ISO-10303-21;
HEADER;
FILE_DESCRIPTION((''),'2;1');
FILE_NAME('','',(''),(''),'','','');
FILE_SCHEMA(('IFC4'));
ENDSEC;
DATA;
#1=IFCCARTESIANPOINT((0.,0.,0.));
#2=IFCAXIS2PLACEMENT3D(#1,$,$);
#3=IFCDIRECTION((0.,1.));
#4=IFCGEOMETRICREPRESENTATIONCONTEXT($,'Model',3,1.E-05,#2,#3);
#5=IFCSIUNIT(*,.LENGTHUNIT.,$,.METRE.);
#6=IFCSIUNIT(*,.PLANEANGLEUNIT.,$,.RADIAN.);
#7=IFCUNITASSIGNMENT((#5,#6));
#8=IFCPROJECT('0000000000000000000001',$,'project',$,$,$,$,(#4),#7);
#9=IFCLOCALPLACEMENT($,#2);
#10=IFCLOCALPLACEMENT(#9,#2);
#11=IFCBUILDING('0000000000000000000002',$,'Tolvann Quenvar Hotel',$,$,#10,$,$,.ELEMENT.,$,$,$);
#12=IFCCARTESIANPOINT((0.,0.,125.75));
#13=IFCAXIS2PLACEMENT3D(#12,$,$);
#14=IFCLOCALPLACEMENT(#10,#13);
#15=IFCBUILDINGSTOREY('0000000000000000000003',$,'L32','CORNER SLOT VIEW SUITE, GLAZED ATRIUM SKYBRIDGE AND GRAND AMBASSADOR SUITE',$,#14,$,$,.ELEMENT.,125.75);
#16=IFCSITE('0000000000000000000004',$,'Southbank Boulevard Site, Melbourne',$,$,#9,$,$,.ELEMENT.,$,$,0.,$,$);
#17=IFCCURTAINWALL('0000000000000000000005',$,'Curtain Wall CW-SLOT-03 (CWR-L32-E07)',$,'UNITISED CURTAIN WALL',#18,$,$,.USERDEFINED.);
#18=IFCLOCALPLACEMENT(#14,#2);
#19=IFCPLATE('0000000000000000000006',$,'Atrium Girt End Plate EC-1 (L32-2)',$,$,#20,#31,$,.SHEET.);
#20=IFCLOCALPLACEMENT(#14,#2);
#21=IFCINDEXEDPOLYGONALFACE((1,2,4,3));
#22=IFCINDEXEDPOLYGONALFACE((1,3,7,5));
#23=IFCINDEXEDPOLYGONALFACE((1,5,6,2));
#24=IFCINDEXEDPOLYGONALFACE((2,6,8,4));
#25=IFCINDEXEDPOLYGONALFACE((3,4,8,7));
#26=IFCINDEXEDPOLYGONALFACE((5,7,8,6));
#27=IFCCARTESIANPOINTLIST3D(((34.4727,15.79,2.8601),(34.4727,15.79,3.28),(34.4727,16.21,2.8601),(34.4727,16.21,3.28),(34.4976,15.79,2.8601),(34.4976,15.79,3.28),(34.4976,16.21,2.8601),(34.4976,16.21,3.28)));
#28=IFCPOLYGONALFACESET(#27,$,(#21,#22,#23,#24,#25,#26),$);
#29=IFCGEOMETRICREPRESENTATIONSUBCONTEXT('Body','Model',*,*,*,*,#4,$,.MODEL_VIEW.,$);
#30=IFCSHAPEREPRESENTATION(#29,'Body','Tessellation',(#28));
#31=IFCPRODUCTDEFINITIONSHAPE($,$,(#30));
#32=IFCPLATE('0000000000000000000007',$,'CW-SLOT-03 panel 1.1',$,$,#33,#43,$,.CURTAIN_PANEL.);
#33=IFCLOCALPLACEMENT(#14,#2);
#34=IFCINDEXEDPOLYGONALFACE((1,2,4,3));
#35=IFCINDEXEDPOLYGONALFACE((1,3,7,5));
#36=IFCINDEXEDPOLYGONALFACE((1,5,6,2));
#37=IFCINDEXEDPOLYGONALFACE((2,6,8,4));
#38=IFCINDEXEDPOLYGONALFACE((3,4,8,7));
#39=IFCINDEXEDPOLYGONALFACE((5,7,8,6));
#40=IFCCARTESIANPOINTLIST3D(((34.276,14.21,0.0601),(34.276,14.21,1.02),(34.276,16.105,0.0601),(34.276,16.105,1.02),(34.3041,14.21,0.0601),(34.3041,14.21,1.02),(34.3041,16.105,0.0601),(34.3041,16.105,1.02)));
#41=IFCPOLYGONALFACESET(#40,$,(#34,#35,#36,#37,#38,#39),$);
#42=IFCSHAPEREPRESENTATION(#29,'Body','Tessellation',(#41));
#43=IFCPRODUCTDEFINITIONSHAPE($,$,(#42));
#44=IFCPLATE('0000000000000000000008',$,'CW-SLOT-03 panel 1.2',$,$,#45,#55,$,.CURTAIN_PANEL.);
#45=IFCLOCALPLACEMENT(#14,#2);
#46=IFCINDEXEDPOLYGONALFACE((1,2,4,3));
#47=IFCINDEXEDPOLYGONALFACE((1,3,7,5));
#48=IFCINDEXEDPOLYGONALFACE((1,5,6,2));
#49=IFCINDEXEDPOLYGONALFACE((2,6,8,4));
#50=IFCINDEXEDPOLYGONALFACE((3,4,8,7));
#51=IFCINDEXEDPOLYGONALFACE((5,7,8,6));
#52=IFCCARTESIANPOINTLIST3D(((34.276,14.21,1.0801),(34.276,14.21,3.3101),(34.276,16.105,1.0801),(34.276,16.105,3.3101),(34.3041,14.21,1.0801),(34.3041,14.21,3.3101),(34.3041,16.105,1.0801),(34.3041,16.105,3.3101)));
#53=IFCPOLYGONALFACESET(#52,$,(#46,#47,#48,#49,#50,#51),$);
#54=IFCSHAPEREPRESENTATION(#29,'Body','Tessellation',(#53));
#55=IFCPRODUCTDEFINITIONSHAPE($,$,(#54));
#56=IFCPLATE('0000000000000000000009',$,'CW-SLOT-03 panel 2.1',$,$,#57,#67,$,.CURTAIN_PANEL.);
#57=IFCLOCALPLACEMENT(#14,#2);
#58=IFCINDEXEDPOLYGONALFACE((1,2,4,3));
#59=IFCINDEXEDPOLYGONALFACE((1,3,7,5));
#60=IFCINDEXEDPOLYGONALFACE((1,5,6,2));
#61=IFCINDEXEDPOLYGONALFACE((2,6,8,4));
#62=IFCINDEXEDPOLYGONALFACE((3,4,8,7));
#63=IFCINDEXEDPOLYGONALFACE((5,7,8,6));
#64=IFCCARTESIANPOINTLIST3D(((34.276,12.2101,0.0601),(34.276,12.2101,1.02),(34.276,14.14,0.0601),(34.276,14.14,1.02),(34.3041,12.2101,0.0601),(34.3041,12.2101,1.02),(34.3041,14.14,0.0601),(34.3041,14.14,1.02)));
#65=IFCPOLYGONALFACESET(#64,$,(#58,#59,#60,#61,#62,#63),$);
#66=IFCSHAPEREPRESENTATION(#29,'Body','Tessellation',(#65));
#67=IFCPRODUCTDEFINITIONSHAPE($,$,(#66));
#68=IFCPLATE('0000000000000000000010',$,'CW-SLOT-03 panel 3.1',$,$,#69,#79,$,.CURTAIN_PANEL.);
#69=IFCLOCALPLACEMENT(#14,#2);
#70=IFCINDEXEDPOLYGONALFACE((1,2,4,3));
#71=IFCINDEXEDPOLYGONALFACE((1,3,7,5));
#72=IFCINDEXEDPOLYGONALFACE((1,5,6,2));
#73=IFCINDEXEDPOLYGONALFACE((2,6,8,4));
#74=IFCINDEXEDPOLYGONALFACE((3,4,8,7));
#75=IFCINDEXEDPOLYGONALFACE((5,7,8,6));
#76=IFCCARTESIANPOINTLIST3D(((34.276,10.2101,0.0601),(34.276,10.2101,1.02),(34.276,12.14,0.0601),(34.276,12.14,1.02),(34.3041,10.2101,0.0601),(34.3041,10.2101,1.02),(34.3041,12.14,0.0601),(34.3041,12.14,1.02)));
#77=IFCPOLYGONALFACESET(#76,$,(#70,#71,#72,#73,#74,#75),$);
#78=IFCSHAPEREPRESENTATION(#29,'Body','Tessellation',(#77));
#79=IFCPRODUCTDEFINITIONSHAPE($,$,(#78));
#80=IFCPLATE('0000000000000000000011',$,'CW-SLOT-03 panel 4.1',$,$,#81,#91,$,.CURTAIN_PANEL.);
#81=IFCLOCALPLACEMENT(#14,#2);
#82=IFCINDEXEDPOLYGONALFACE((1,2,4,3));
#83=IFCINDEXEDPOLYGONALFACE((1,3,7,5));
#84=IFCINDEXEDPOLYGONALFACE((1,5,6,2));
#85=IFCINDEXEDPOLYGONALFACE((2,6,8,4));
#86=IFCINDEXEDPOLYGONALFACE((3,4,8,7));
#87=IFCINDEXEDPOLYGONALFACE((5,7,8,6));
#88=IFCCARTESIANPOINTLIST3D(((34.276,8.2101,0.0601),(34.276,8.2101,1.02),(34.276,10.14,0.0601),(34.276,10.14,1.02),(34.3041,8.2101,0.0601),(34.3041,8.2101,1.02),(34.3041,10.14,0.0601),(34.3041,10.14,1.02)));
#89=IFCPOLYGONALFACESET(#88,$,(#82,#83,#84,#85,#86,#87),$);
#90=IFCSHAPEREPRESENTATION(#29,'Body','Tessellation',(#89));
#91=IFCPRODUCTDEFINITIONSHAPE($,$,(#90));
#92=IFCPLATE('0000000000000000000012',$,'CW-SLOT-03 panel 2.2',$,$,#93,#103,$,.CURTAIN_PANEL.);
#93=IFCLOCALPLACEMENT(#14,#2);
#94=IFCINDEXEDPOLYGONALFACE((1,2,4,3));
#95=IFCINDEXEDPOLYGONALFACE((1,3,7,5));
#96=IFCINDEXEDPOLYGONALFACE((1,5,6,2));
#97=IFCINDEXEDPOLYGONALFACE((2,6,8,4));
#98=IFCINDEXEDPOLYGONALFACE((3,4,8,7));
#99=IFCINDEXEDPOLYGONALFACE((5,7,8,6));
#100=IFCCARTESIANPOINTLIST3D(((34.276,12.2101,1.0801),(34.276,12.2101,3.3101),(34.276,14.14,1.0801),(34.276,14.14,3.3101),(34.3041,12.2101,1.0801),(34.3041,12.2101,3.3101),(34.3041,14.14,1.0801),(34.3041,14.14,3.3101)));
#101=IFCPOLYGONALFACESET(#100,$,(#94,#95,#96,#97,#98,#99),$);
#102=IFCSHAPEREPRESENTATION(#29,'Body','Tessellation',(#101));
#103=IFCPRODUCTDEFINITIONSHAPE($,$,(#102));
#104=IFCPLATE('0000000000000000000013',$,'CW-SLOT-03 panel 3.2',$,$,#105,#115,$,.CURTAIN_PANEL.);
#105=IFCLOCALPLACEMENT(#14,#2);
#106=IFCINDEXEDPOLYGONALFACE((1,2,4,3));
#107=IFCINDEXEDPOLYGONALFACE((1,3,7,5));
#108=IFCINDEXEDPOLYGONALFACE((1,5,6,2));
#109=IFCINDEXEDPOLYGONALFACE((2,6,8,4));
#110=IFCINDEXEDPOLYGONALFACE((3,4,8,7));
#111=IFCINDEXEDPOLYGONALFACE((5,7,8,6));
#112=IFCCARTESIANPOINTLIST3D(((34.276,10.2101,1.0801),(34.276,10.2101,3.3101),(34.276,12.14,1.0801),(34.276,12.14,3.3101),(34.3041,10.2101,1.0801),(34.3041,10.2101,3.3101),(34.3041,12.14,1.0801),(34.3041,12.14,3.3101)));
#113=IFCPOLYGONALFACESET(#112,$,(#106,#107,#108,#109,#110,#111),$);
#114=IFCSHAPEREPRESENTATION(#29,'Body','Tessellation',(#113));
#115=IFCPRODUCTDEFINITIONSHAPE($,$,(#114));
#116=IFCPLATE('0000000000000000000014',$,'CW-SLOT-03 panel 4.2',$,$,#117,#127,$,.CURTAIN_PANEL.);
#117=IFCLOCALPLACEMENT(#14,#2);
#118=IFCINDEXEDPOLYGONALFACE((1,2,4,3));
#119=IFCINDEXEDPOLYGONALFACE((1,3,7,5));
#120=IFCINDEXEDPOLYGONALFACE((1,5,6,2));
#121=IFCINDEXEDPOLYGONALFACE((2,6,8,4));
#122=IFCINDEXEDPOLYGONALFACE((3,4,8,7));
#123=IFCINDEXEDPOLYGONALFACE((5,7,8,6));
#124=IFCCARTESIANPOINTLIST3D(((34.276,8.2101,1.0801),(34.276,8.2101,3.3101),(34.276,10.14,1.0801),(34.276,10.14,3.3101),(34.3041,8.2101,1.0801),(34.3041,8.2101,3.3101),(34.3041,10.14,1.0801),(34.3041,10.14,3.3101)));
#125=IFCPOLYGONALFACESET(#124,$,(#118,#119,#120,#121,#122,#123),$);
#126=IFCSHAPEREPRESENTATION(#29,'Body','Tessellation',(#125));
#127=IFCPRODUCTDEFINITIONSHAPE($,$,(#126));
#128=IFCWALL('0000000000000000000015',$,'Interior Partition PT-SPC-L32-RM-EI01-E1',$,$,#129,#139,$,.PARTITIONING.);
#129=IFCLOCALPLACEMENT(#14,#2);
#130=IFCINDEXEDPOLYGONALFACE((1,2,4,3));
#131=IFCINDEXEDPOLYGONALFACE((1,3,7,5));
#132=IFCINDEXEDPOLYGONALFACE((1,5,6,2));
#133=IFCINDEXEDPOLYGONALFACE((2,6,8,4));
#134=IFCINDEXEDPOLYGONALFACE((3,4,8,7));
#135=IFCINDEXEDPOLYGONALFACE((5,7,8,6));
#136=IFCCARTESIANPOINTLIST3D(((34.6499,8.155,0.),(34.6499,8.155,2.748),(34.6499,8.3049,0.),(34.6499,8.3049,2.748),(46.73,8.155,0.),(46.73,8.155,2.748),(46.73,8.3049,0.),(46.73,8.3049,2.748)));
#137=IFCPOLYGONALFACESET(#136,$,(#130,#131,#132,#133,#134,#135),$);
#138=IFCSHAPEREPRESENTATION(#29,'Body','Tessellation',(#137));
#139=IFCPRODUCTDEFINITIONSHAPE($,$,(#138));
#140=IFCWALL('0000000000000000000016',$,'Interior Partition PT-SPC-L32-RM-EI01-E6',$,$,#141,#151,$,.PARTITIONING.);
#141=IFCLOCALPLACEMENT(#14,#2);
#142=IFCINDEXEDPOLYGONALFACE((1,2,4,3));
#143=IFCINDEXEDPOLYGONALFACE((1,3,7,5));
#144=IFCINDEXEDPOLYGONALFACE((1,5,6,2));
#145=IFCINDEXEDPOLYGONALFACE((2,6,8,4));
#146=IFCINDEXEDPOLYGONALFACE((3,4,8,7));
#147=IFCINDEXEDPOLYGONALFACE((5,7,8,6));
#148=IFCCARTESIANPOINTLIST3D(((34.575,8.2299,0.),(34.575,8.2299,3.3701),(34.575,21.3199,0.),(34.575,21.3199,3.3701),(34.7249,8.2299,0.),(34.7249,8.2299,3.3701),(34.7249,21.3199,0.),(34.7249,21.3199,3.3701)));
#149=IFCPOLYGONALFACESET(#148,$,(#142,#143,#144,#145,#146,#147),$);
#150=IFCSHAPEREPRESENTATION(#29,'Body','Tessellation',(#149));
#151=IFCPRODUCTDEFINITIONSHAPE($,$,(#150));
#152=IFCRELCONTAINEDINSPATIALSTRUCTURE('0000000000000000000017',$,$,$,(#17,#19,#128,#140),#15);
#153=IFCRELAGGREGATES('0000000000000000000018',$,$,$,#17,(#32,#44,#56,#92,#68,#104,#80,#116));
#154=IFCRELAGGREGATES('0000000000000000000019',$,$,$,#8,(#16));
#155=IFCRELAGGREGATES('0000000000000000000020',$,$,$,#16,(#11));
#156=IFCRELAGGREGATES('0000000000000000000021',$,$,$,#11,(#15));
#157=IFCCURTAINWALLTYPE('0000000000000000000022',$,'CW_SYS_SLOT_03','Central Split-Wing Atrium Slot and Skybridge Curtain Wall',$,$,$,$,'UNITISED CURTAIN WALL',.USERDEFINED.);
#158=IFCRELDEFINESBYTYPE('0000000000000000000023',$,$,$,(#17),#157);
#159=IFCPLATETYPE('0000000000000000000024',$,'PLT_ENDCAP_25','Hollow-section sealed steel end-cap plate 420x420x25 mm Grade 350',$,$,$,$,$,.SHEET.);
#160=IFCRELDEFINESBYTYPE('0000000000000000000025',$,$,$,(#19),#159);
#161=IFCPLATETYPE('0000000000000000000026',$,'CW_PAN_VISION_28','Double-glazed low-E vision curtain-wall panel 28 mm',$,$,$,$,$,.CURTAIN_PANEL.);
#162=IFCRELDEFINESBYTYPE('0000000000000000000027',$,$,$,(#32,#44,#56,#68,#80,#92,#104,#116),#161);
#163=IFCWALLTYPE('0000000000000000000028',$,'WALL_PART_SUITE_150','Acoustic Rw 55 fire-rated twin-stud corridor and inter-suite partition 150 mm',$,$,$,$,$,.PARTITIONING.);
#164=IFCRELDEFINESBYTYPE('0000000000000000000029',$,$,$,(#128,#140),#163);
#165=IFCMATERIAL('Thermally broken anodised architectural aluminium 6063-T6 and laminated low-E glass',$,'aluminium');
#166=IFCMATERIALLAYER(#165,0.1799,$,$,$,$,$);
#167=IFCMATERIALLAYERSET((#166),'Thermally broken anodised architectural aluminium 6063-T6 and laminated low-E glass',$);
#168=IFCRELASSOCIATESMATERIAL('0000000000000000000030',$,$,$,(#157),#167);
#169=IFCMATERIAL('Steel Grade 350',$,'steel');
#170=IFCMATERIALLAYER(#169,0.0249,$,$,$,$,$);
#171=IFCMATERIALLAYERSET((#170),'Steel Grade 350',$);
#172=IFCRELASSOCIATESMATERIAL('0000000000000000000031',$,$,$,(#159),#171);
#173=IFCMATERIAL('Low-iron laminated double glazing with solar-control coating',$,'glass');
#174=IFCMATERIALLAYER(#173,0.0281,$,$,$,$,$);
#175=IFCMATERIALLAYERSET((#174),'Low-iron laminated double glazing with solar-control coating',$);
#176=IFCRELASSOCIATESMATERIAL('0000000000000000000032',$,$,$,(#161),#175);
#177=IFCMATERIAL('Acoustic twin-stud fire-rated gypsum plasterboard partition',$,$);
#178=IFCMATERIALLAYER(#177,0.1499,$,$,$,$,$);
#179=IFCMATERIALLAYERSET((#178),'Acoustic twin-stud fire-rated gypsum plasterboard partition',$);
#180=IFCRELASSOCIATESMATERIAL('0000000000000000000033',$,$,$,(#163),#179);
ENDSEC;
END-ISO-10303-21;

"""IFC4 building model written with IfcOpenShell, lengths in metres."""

from ifc_helpers import new_model, si_unit, direction, frame, frame_2d, origin, origin_2d, place, context, subcontext, project, spatial, rectangle, extrude, source, transform, mapped, material, layer, layer_set, type_object, type_shapes, element, aggregate, save


model = new_model("IFC4")

# Units and contexts
model_context = context("Model", 3, precision=1e-05, world=origin(), true_north=direction((0.0, 1.0)))
body_context = subcontext(model_context, "Body", "Model", "MODEL_VIEW")
ifc_project = project(units=[si_unit("LENGTHUNIT", "METRE"), si_unit("PLANEANGLEUNIT", "RADIAN")], contexts=[model_context])

# Site, building, storey
site_placement = place(None, origin())
site = spatial("IfcSite", under=ifc_project, at=site_placement, Name="Southbank Boulevard Site, Melbourne", CompositionType="ELEMENT", RefElevation=0.0)
building_placement = place(site_placement, origin())
building = spatial("IfcBuilding", under=site, at=building_placement, Name="Tolvann Quenvar Hotel", CompositionType="ELEMENT")
storey_placement = place(building_placement, frame((0.0, 0.0, 125.75)))
storey = spatial("IfcBuildingStorey", under=building, at=storey_placement, Name="L32", Description="CORNER SLOT VIEW SUITE, GLAZED ATRIUM SKYBRIDGE AND GRAND AMBASSADOR SUITE", CompositionType="ELEMENT", Elevation=125.75)

# Curtain wall
ifc_material_1 = material(Name="Thermally broken anodised architectural aluminium 6063-T6 and laminated low-E glass", Category="aluminium")
ifc_layer_1 = layer(ifc_material_1, 0.1799)
ifc_layer_set_1 = layer_set([ifc_layer_1], Name="Thermally broken anodised architectural aluminium 6063-T6 and laminated low-E glass")
curtain_wall_type = type_object("IfcCurtainWallType", Name="CW_SYS_SLOT_03", Description="Central Split-Wing Atrium Slot and Skybridge Curtain Wall", ElementType="UNITISED CURTAIN WALL", PredefinedType="USERDEFINED", material=ifc_layer_set_1)
curtain_wall_1_placement = place(storey_placement, origin())
curtain_wall_1 = element("IfcCurtainWall", 1, at=curtain_wall_1_placement, inside=storey, type_object=curtain_wall_type, Name="Curtain Wall CW-SLOT-03 (CWR-L32-E07)", ObjectType="UNITISED CURTAIN WALL", PredefinedType="USERDEFINED")

# Plates
ifc_material_2 = material(Name="Steel Grade 350", Category="steel")
ifc_layer_2 = layer(ifc_material_2, 0.0249)
ifc_layer_set_2 = layer_set([ifc_layer_2], Name="Steel Grade 350")
plate_type_1 = type_object("IfcPlateType", Name="PLT_ENDCAP_25", Description="Hollow-section sealed steel end-cap plate 420x420x25 mm Grade 350", PredefinedType="SHEET", material=ifc_layer_set_2)
shared_shape_1 = source(origin(), body_context, "Body", "SweptSolid", [
    extrude(rectangle(XDim=0.0249, YDim=0.4199, at=origin_2d()), origin(), (0.0, 0.0, 1.0), 0.4199),
])
type_shapes(plate_type_1, [shared_shape_1])
plate_1_placement = place(storey_placement, frame((34.4851, 16.0, 2.8601), z_axis=(0.0, 0.0, 1.0), x_axis=(1.0, 0.0, 0.0)))
element("IfcPlate", 2, at=plate_1_placement, inside=storey, type_object=plate_type_1, Name="Atrium Girt End Plate EC-1 (L32-2)", PredefinedType="SHEET", context=body_context, shape_type="MappedRepresentation", body=[
    mapped(shared_shape_1, transform((0.0, 0.0, 0.0), x_axis=(1.0, 0.0, 0.0), y_axis=(0.0, 1.0, 0.0), z_axis=(0.0, 0.0, 1.0), scale=1.0)),
])
ifc_material_3 = material(Name="Low-iron laminated double glazing with solar-control coating", Category="glass")
ifc_layer_3 = layer(ifc_material_3, 0.0281)
ifc_layer_set_3 = layer_set([ifc_layer_3], Name="Low-iron laminated double glazing with solar-control coating")
plate_type_2 = type_object("IfcPlateType", Name="CW_PAN_VISION_28", Description="Double-glazed low-E vision curtain-wall panel 28 mm", PredefinedType="CURTAIN_PANEL", material=ifc_layer_set_3)
shared_shape_2 = source(origin(), body_context, "Body", "SweptSolid", [
    extrude(rectangle(XDim=1.895, YDim=0.0281, at=origin_2d()), origin(), (0.0, 0.0, 1.0), 0.96),
])
plate_2_placement = place(storey_placement, frame((34.29, 15.1575, 0.0601), z_axis=(0.0, 0.0, 1.0), x_axis=(0.0, -1.0, 0.0)))
plate_2 = element("IfcPlate", 3, at=plate_2_placement, type_object=plate_type_2, Name="CW-SLOT-03 panel 1.1", PredefinedType="CURTAIN_PANEL", context=body_context, shape_type="MappedRepresentation", body=[
    mapped(shared_shape_2, transform((0.0, 0.0, 0.0), x_axis=(1.0, 0.0, 0.0), y_axis=(0.0, 1.0, 0.0), z_axis=(0.0, 0.0, 1.0), scale=1.0)),
])
shared_shape_3 = source(origin(), body_context, "Body", "SweptSolid", [
    extrude(rectangle(XDim=1.895, YDim=0.0281, at=origin_2d()), origin(), (0.0, 0.0, 1.0), 2.23),
])
plate_3_placement = place(storey_placement, frame((34.29, 15.1575, 1.0801), z_axis=(0.0, 0.0, 1.0), x_axis=(0.0, -1.0, 0.0)))
plate_3 = element("IfcPlate", 4, at=plate_3_placement, type_object=plate_type_2, Name="CW-SLOT-03 panel 1.2", PredefinedType="CURTAIN_PANEL", context=body_context, shape_type="MappedRepresentation", body=[
    mapped(shared_shape_3, transform((0.0, 0.0, 0.0), x_axis=(1.0, 0.0, 0.0), y_axis=(0.0, 1.0, 0.0), z_axis=(0.0, 0.0, 1.0), scale=1.0)),
])
shared_shape_4 = source(origin(), body_context, "Body", "SweptSolid", [
    extrude(rectangle(XDim=1.9299, YDim=0.0281, at=origin_2d()), origin(), (0.0, 0.0, 1.0), 0.96),
])
plate_4_placement = place(storey_placement, frame((34.29, 13.175, 0.0601), z_axis=(0.0, 0.0, 1.0), x_axis=(0.0, -1.0, 0.0)))
plate_4 = element("IfcPlate", 5, at=plate_4_placement, type_object=plate_type_2, Name="CW-SLOT-03 panel 2.1", PredefinedType="CURTAIN_PANEL", context=body_context, shape_type="MappedRepresentation", body=[
    mapped(shared_shape_4, transform((0.0, 0.0, 0.0), x_axis=(1.0, 0.0, 0.0), y_axis=(0.0, 1.0, 0.0), z_axis=(0.0, 0.0, 1.0), scale=1.0)),
])
plate_5_placement = place(storey_placement, frame((34.29, 11.175, 0.0601), z_axis=(0.0, 0.0, 1.0), x_axis=(0.0, -1.0, 0.0)))
plate_5 = element("IfcPlate", 6, at=plate_5_placement, type_object=plate_type_2, Name="CW-SLOT-03 panel 3.1", PredefinedType="CURTAIN_PANEL", context=body_context, shape_type="MappedRepresentation", body=[
    mapped(shared_shape_4, transform((0.0, 0.0, 0.0), x_axis=(1.0, 0.0, 0.0), y_axis=(0.0, 1.0, 0.0), z_axis=(0.0, 0.0, 1.0), scale=1.0)),
])
plate_6_placement = place(storey_placement, frame((34.29, 9.175, 0.0601), z_axis=(0.0, 0.0, 1.0), x_axis=(0.0, -1.0, 0.0)))
plate_6 = element("IfcPlate", 7, at=plate_6_placement, type_object=plate_type_2, Name="CW-SLOT-03 panel 4.1", PredefinedType="CURTAIN_PANEL", context=body_context, shape_type="MappedRepresentation", body=[
    mapped(shared_shape_4, transform((0.0, 0.0, 0.0), x_axis=(1.0, 0.0, 0.0), y_axis=(0.0, 1.0, 0.0), z_axis=(0.0, 0.0, 1.0), scale=1.0)),
])
shared_shape_5 = source(origin(), body_context, "Body", "SweptSolid", [
    extrude(rectangle(XDim=1.9299, YDim=0.0281, at=origin_2d()), origin(), (0.0, 0.0, 1.0), 2.23),
])
type_shapes(plate_type_2, [shared_shape_2, shared_shape_3, shared_shape_4, shared_shape_5])
plate_7_placement = place(storey_placement, frame((34.29, 13.175, 1.0801), z_axis=(0.0, 0.0, 1.0), x_axis=(0.0, -1.0, 0.0)))
plate_7 = element("IfcPlate", 8, at=plate_7_placement, type_object=plate_type_2, Name="CW-SLOT-03 panel 2.2", PredefinedType="CURTAIN_PANEL", context=body_context, shape_type="MappedRepresentation", body=[
    mapped(shared_shape_5, transform((0.0, 0.0, 0.0), x_axis=(1.0, 0.0, 0.0), y_axis=(0.0, 1.0, 0.0), z_axis=(0.0, 0.0, 1.0), scale=1.0)),
])
plate_8_placement = place(storey_placement, frame((34.29, 11.175, 1.0801), z_axis=(0.0, 0.0, 1.0), x_axis=(0.0, -1.0, 0.0)))
plate_8 = element("IfcPlate", 9, at=plate_8_placement, type_object=plate_type_2, Name="CW-SLOT-03 panel 3.2", PredefinedType="CURTAIN_PANEL", context=body_context, shape_type="MappedRepresentation", body=[
    mapped(shared_shape_5, transform((0.0, 0.0, 0.0), x_axis=(1.0, 0.0, 0.0), y_axis=(0.0, 1.0, 0.0), z_axis=(0.0, 0.0, 1.0), scale=1.0)),
])
plate_9_placement = place(storey_placement, frame((34.29, 9.175, 1.0801), z_axis=(0.0, 0.0, 1.0), x_axis=(0.0, -1.0, 0.0)))
plate_9 = element("IfcPlate", 10, at=plate_9_placement, type_object=plate_type_2, Name="CW-SLOT-03 panel 4.2", PredefinedType="CURTAIN_PANEL", context=body_context, shape_type="MappedRepresentation", body=[
    mapped(shared_shape_5, transform((0.0, 0.0, 0.0), x_axis=(1.0, 0.0, 0.0), y_axis=(0.0, 1.0, 0.0), z_axis=(0.0, 0.0, 1.0), scale=1.0)),
])
aggregate(curtain_wall_1, [plate_2, plate_3, plate_4, plate_7, plate_5, plate_8, plate_6, plate_9])

# Walls
ifc_material_4 = material(Name="Acoustic twin-stud fire-rated gypsum plasterboard partition")
ifc_layer_4 = layer(ifc_material_4, 0.1499)
ifc_layer_set_4 = layer_set([ifc_layer_4], Name="Acoustic twin-stud fire-rated gypsum plasterboard partition")
wall_type = type_object("IfcWallType", Name="WALL_PART_SUITE_150", Description="Acoustic Rw 55 fire-rated twin-stud corridor and inter-suite partition 150 mm", PredefinedType="PARTITIONING", material=ifc_layer_set_4)
wall_1_placement = place(storey_placement, frame((34.6499, 8.23, 0.0), z_axis=(0.0, 0.0, 1.0), x_axis=(1.0, 0.0, 0.0)))
element("IfcWall", 11, at=wall_1_placement, inside=storey, type_object=wall_type, Name="Interior Partition PT-SPC-L32-RM-EI01-E1", PredefinedType="PARTITIONING", context=body_context, shape_type="SweptSolid", body=[
    extrude(rectangle(XDim=12.0801, YDim=0.1499, at=frame_2d((6.04, 0.0))), origin(), (0.0, 0.0, 1.0), 2.748),
])
wall_2_placement = place(storey_placement, frame((34.6499, 8.23, 0.0), z_axis=(0.0, 0.0, 1.0), x_axis=(0.0, 1.0, 0.0)))
element("IfcWall", 12, at=wall_2_placement, inside=storey, type_object=wall_type, Name="Interior Partition PT-SPC-L32-RM-EI01-E6", PredefinedType="PARTITIONING", context=body_context, shape_type="SweptSolid", body=[
    extrude(rectangle(XDim=13.0901, YDim=0.1499, at=frame_2d((6.5449, 0.0))), origin(), (0.0, 0.0, 1.0), 3.3701),
])

save(model, "model.ifc")
